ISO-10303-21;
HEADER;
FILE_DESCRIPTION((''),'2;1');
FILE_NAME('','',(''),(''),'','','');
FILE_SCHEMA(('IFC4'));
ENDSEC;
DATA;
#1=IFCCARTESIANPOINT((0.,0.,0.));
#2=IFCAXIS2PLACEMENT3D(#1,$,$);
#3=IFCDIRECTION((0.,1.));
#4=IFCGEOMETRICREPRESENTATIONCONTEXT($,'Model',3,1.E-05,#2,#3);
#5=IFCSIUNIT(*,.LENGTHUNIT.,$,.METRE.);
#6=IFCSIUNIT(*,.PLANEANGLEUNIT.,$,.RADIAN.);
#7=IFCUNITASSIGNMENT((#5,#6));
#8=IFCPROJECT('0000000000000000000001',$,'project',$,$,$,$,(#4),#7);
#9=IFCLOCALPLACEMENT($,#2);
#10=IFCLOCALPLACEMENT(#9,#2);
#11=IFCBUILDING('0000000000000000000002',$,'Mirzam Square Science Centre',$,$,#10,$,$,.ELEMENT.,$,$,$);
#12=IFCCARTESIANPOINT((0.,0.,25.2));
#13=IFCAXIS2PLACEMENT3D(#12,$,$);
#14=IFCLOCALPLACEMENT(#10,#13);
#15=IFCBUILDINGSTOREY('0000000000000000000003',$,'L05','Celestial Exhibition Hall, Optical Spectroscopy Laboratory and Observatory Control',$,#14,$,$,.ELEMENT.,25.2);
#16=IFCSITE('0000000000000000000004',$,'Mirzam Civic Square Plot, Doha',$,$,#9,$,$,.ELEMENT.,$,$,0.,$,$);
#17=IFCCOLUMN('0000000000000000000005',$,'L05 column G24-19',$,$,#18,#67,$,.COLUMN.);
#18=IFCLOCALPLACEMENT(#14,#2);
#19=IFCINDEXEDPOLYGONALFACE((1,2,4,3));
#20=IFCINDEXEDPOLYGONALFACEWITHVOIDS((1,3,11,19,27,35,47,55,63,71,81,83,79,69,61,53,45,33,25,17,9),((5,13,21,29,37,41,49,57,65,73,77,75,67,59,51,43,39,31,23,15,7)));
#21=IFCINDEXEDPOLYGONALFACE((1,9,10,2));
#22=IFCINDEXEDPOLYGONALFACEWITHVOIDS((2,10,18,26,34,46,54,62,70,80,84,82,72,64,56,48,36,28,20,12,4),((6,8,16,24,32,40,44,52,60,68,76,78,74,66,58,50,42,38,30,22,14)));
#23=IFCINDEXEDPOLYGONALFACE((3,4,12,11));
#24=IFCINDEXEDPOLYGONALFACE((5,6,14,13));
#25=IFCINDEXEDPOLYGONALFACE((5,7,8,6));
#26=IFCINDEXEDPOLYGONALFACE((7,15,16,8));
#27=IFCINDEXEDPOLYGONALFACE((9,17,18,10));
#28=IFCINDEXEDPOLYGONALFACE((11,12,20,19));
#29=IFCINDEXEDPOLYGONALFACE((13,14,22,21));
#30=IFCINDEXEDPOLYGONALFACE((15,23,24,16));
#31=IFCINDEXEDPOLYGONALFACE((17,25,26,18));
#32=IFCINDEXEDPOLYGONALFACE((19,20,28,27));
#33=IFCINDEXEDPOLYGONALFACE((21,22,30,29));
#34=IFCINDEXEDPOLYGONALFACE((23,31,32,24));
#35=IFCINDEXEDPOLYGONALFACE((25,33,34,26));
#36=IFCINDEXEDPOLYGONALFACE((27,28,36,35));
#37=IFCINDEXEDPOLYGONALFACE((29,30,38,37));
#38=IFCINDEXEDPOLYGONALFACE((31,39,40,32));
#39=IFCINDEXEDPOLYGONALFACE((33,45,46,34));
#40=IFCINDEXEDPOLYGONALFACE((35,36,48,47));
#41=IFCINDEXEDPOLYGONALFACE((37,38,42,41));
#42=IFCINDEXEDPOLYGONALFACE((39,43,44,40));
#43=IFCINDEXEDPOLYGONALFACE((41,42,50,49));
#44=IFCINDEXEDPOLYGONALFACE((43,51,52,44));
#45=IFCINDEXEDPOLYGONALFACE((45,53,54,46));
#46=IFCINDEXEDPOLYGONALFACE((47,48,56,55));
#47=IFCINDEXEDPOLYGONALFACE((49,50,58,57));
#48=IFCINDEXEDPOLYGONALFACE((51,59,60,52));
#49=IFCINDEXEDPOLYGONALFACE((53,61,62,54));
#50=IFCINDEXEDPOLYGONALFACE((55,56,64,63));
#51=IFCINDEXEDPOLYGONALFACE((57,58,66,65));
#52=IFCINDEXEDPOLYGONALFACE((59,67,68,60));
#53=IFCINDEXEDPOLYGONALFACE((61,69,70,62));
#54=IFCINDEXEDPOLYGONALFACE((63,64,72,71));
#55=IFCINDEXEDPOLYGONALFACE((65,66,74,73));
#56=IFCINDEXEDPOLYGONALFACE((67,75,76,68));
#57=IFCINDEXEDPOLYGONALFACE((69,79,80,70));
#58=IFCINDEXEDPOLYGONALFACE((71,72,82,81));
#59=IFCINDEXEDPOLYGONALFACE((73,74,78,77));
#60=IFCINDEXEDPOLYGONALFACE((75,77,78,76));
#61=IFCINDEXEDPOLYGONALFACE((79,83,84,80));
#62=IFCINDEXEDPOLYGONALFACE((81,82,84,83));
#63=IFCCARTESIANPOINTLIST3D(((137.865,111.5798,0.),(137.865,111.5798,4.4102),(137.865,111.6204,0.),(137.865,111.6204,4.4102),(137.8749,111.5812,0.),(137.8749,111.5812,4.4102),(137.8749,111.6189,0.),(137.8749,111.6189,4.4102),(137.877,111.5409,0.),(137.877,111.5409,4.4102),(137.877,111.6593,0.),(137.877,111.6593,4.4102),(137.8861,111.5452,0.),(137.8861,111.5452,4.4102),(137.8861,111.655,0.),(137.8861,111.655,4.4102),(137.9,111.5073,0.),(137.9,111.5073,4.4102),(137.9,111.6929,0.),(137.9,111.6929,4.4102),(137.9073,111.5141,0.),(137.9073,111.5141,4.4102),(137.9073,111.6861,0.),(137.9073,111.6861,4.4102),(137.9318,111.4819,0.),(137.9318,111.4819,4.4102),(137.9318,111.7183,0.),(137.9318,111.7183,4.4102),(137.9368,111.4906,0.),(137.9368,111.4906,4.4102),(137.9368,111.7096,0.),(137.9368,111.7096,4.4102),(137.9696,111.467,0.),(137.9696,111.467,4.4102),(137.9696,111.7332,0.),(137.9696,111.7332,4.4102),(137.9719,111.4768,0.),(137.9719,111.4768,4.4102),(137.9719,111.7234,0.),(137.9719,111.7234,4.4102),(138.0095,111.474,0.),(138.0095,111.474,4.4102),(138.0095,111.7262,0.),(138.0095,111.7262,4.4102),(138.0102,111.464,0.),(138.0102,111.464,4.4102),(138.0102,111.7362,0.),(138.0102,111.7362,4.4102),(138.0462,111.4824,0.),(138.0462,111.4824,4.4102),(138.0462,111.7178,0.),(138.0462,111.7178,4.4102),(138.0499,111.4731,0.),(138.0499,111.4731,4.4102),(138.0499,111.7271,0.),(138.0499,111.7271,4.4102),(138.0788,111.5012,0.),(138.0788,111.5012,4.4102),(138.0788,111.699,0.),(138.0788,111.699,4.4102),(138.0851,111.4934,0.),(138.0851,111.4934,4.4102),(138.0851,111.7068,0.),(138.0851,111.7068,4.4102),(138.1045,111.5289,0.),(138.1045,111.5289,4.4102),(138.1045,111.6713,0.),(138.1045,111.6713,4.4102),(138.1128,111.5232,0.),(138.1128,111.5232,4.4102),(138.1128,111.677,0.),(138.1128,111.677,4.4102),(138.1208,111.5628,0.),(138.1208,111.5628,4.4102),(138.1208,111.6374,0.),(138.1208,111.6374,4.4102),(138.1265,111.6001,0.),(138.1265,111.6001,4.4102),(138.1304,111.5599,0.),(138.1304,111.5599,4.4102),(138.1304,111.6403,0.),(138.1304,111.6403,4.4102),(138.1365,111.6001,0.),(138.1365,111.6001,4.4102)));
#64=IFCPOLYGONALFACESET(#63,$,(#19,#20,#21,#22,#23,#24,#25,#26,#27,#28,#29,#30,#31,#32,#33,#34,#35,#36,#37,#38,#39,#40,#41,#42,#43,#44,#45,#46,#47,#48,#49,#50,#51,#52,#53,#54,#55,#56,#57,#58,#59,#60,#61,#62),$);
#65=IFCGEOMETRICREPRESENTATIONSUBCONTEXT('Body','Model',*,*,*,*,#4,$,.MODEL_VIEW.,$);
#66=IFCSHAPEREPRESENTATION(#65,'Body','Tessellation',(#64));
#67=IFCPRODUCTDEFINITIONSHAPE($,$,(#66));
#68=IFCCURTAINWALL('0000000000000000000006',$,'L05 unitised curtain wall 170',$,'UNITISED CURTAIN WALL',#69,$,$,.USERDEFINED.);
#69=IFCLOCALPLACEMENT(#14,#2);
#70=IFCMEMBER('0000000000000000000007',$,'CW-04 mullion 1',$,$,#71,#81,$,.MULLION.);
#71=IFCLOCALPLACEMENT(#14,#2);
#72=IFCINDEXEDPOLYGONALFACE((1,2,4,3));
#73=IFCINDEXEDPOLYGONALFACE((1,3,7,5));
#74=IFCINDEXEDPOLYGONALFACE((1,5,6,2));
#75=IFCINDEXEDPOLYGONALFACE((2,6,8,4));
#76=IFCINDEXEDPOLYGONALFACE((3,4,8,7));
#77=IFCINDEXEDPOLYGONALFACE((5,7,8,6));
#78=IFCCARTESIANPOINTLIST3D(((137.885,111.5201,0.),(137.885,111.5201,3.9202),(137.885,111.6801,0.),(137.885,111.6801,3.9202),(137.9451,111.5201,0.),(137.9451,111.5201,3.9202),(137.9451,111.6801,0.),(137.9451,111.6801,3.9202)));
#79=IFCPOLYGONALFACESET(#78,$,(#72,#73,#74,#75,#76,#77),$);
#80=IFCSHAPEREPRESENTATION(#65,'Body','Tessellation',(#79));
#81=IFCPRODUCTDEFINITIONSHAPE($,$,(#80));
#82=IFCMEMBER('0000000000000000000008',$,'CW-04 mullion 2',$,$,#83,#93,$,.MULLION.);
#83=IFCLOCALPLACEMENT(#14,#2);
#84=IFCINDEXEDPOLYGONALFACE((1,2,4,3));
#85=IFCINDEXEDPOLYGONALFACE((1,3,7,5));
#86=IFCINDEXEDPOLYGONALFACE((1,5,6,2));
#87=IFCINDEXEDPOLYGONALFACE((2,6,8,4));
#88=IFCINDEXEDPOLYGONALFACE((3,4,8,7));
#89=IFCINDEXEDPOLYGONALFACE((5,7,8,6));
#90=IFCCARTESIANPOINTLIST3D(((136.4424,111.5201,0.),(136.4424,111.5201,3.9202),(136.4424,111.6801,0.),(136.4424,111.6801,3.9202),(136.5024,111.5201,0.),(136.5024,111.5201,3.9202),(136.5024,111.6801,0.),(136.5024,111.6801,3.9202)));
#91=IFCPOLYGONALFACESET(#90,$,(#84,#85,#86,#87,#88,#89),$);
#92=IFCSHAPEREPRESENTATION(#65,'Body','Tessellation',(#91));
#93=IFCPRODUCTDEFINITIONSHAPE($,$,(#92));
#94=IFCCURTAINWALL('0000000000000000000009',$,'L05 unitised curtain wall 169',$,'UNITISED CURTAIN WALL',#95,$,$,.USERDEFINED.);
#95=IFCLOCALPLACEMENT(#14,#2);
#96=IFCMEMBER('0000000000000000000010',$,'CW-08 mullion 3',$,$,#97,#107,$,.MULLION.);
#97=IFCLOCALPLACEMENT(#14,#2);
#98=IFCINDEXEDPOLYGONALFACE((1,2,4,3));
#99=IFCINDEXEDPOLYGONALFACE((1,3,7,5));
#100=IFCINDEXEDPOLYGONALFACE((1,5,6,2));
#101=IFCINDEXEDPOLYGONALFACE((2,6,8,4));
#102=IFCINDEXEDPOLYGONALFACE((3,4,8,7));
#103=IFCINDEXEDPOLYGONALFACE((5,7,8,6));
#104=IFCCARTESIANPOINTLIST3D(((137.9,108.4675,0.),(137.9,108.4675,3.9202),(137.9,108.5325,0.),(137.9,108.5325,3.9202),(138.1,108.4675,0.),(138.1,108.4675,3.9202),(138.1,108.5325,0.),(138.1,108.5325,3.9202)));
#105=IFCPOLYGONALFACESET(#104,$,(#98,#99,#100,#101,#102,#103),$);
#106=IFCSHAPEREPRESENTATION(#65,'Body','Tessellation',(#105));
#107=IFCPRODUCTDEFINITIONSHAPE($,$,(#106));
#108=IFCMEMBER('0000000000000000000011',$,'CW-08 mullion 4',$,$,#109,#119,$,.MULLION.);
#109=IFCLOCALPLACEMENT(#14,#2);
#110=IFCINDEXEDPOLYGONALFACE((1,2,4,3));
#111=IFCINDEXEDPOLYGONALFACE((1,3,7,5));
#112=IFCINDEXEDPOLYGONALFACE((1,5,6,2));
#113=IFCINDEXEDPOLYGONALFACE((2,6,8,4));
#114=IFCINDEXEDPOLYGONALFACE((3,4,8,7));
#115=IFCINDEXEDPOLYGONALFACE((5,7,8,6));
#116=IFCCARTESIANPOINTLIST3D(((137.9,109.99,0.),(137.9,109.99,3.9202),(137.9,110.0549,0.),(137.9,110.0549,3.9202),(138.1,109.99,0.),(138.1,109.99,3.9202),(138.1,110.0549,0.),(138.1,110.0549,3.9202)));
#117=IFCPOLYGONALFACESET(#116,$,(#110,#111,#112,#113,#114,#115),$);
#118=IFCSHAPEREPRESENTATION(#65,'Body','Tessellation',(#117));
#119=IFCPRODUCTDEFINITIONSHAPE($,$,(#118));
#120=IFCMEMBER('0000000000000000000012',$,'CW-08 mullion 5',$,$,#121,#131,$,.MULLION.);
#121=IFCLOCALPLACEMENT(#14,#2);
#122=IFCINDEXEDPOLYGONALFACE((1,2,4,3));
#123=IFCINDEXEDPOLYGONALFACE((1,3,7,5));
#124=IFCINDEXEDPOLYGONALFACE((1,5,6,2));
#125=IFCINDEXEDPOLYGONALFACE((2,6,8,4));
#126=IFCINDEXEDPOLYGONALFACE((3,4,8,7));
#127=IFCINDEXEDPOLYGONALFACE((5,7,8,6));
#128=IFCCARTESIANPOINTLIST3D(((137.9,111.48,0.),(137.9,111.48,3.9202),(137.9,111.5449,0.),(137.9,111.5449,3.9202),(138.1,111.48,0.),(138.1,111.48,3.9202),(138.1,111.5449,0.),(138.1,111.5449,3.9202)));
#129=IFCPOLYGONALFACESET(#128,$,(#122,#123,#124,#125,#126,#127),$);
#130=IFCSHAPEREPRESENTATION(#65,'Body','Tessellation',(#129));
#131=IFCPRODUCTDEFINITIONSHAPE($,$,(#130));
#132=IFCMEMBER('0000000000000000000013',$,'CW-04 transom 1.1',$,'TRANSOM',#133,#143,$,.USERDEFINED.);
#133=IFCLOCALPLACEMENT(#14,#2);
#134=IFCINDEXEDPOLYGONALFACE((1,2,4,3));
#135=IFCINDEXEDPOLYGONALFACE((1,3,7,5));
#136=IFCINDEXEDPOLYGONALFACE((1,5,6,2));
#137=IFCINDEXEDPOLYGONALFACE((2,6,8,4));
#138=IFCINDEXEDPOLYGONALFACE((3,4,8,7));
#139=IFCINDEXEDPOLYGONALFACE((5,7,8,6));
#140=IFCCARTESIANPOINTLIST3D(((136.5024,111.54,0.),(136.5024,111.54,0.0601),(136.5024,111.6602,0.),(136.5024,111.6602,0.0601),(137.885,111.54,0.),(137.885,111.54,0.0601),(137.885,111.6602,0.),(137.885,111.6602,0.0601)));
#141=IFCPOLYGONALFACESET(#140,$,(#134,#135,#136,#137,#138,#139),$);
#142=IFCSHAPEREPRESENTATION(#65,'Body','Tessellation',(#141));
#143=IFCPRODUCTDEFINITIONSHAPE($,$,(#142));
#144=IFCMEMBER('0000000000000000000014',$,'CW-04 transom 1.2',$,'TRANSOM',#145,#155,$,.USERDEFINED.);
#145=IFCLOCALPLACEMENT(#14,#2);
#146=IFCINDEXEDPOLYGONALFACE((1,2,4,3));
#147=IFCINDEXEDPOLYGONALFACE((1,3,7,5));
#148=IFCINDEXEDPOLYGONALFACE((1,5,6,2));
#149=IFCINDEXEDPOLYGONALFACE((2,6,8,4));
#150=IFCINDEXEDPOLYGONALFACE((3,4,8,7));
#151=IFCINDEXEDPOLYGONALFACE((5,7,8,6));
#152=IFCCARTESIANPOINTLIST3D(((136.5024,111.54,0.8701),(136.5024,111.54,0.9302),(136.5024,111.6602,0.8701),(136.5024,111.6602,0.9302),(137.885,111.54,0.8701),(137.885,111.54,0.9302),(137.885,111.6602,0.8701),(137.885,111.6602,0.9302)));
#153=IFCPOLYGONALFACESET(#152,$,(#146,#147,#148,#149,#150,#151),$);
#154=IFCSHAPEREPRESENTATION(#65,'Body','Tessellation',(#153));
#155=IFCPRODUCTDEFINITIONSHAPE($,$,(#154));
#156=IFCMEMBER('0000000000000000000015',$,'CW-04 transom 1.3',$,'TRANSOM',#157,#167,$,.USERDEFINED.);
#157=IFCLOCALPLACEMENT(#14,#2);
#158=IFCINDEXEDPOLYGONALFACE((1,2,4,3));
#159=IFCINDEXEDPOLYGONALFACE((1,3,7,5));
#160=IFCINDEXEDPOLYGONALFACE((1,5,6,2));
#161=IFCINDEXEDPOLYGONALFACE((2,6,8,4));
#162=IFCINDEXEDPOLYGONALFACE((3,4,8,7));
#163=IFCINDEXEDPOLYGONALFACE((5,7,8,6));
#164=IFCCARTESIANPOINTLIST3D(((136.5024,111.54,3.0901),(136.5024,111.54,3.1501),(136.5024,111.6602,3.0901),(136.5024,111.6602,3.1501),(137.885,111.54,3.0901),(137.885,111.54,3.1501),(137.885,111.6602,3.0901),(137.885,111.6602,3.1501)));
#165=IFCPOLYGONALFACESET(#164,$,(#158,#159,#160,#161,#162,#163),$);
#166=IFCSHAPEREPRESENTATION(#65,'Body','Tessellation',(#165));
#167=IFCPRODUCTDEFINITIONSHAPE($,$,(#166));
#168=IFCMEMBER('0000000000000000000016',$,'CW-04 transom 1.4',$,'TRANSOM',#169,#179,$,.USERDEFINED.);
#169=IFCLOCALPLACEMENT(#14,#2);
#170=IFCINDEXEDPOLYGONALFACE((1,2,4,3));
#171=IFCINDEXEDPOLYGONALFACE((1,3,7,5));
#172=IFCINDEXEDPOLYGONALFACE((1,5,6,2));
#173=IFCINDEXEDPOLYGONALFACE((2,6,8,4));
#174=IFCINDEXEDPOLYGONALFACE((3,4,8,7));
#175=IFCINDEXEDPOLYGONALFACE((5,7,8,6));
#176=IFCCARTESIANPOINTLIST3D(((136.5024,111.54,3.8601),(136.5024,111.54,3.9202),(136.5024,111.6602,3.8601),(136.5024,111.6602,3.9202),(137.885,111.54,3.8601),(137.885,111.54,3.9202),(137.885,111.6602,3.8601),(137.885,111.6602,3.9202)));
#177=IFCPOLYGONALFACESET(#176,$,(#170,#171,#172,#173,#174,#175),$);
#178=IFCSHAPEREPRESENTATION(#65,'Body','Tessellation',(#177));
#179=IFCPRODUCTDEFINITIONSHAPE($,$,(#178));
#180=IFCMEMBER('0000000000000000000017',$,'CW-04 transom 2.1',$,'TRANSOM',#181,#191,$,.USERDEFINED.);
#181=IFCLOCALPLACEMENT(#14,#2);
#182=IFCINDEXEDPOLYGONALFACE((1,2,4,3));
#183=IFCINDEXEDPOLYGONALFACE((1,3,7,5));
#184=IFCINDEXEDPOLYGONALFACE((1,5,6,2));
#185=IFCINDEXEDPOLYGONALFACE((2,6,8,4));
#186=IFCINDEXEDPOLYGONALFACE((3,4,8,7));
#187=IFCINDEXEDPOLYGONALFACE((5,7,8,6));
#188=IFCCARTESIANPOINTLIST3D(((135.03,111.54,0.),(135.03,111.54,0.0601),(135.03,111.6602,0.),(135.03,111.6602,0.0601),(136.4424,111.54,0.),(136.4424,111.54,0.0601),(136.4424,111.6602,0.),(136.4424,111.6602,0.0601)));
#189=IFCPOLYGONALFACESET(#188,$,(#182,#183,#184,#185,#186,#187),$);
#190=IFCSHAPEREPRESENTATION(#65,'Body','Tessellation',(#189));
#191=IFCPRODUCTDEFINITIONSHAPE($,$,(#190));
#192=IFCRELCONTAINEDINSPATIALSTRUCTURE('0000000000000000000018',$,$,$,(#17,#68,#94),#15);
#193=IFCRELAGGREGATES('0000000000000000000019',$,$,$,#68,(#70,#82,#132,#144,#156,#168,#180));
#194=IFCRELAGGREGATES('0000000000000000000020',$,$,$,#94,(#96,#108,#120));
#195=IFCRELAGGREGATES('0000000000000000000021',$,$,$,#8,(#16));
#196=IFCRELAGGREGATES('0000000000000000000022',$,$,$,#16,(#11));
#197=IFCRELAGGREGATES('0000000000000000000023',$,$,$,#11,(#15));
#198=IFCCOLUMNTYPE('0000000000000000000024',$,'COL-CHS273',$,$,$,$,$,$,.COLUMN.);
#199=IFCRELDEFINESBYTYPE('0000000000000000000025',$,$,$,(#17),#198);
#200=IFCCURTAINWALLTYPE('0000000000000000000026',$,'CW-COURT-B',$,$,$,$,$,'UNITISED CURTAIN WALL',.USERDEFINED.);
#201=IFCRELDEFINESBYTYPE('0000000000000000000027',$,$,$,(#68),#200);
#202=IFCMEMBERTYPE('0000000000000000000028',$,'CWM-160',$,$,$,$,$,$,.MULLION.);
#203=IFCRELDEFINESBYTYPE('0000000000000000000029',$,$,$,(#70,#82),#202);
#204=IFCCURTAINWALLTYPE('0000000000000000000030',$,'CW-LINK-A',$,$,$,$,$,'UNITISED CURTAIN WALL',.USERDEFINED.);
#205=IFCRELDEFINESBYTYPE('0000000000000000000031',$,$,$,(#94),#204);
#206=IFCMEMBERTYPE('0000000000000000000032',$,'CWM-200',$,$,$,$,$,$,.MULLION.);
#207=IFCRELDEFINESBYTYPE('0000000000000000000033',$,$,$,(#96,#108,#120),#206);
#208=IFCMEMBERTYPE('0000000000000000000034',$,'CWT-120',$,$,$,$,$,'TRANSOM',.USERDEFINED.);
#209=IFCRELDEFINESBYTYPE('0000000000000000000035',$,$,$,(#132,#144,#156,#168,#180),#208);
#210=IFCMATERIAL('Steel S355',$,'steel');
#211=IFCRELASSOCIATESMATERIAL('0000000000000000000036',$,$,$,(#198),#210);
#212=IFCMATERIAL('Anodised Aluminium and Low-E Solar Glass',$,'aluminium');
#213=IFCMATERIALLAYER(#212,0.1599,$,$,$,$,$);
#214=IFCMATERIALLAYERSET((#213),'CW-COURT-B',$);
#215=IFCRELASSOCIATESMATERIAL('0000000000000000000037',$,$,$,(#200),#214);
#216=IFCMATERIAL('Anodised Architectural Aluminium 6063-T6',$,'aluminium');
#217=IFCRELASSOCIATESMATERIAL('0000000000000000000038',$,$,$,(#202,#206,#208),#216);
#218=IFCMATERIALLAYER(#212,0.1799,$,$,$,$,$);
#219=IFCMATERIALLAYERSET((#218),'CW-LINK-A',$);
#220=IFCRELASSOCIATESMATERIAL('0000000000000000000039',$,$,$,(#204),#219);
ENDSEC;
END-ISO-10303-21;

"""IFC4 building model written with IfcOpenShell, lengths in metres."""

from ifc_helpers import new_model, si_unit, direction, frame, origin, origin_2d, place, context, subcontext, project, spatial, rectangle, hollow_circle, extrude, material, layer, layer_set, material_profile, profile_set, type_object, element, aggregate, save


model = new_model("IFC4")

# Units and contexts
model_context = context("Model", 3, precision=1e-05, world=origin(), true_north=direction((0.0, 1.0)))
body_context = subcontext(model_context, "Body", "Model", "MODEL_VIEW")
ifc_project = project(units=[si_unit("LENGTHUNIT", "METRE"), si_unit("PLANEANGLEUNIT", "RADIAN")], contexts=[model_context])

# Site, building, storey
site_placement = place(None, origin())
site = spatial("IfcSite", under=ifc_project, at=site_placement, Name="Mirzam Civic Square Plot, Doha", CompositionType="ELEMENT", RefElevation=0.0)
building_placement = place(site_placement, origin())
building = spatial("IfcBuilding", under=site, at=building_placement, Name="Mirzam Square Science Centre", CompositionType="ELEMENT")
storey_placement = place(building_placement, frame((0.0, 0.0, 25.2)))
storey = spatial("IfcBuildingStorey", under=building, at=storey_placement, Name="L05", Description="Celestial Exhibition Hall, Optical Spectroscopy Laboratory and Observatory Control", CompositionType="ELEMENT", Elevation=25.2)

# Column
ifc_material_1 = material(Name="Steel S355", Category="steel")
ifc_material_profile_1 = material_profile(ifc_material_1, hollow_circle(Radius=0.1365, WallThickness=0.01, at=origin_2d()), Name="273.0x10.0CHS")
ifc_profile_set_1 = profile_set([ifc_material_profile_1], Name="Steel S355")
column_type = type_object("IfcColumnType", Name="COL-CHS273", PredefinedType="COLUMN", material=ifc_profile_set_1)
column_placement = place(storey_placement, frame((138.0, 111.6001, 0.0), z_axis=(0.0, 0.0, 1.0), x_axis=(1.0, 0.0, 0.0)))
element("IfcColumn", 1, at=column_placement, inside=storey, type_object=column_type, Name="L05 column G24-19", PredefinedType="COLUMN", context=body_context, shape_type="SweptSolid", body=[
    extrude(hollow_circle(Radius=0.1365, WallThickness=0.01, at=origin_2d()), origin(), (0.0, 0.0, 1.0), 4.4102),
])

# Curtain walls, members
ifc_material_2 = material(Name="Anodised Aluminium and Low-E Solar Glass", Category="aluminium")
ifc_layer_1 = layer(ifc_material_2, 0.1599)
ifc_layer_set_1 = layer_set([ifc_layer_1], Name="CW-COURT-B")
curtain_wall_type_1 = type_object("IfcCurtainWallType", Name="CW-COURT-B", ElementType="UNITISED CURTAIN WALL", PredefinedType="USERDEFINED", material=ifc_layer_set_1)
curtain_wall_1_placement = place(storey_placement, origin())
curtain_wall_1 = element("IfcCurtainWall", 2, at=curtain_wall_1_placement, inside=storey, type_object=curtain_wall_type_1, Name="L05 unitised curtain wall 170", ObjectType="UNITISED CURTAIN WALL", PredefinedType="USERDEFINED")
ifc_material_3 = material(Name="Anodised Architectural Aluminium 6063-T6", Category="aluminium")
ifc_material_profile_2 = material_profile(ifc_material_3, rectangle(XDim=0.0601, YDim=0.1599, at=origin_2d()), Name="ALU-MULL-160x60x4")
ifc_profile_set_2 = profile_set([ifc_material_profile_2], Name="Anodised Architectural Aluminium 6063-T6")
member_type_1 = type_object("IfcMemberType", Name="CWM-160", PredefinedType="MULLION", material=ifc_profile_set_2)
member_1_placement = place(storey_placement, frame((137.915, 111.6001, 0.0), z_axis=(0.0, 0.0, 1.0), x_axis=(-1.0, 0.0, 0.0)))
member_1 = element("IfcMember", 3, at=member_1_placement, type_object=member_type_1, Name="CW-04 mullion 1", PredefinedType="MULLION", context=body_context, shape_type="SweptSolid", body=[
    extrude(rectangle(XDim=0.0601, YDim=0.1599, at=origin_2d()), origin(), (0.0, 0.0, 1.0), 3.9202),
])
member_2_placement = place(storey_placement, frame((136.4724, 111.6001, 0.0), z_axis=(0.0, 0.0, 1.0), x_axis=(-1.0, 0.0, 0.0)))
member_2 = element("IfcMember", 4, at=member_2_placement, type_object=member_type_1, Name="CW-04 mullion 2", PredefinedType="MULLION", context=body_context, shape_type="SweptSolid", body=[
    extrude(rectangle(XDim=0.0601, YDim=0.1599, at=origin_2d()), origin(), (0.0, 0.0, 1.0), 3.9202),
])
ifc_layer_2 = layer(ifc_material_2, 0.1799)
ifc_layer_set_2 = layer_set([ifc_layer_2], Name="CW-LINK-A")
curtain_wall_type_2 = type_object("IfcCurtainWallType", Name="CW-LINK-A", ElementType="UNITISED CURTAIN WALL", PredefinedType="USERDEFINED", material=ifc_layer_set_2)
curtain_wall_2_placement = place(storey_placement, origin())
curtain_wall_2 = element("IfcCurtainWall", 5, at=curtain_wall_2_placement, inside=storey, type_object=curtain_wall_type_2, Name="L05 unitised curtain wall 169", ObjectType="UNITISED CURTAIN WALL", PredefinedType="USERDEFINED")
ifc_material_profile_3 = material_profile(ifc_material_3, rectangle(XDim=0.0649, YDim=0.2, at=origin_2d()), Name="ALU-MULL-200x65x5")
ifc_profile_set_3 = profile_set([ifc_material_profile_3], Name="Anodised Architectural Aluminium 6063-T6")
member_type_2 = type_object("IfcMemberType", Name="CWM-200", PredefinedType="MULLION", material=ifc_profile_set_3)
member_3_placement = place(storey_placement, frame((138.0, 108.5, 0.0), z_axis=(0.0, 0.0, 1.0), x_axis=(0.0, 1.0, 0.0)))
member_3 = element("IfcMember", 6, at=member_3_placement, type_object=member_type_2, Name="CW-08 mullion 3", PredefinedType="MULLION", context=body_context, shape_type="SweptSolid", body=[
    extrude(rectangle(XDim=0.0649, YDim=0.2, at=origin_2d()), origin(), (0.0, 0.0, 1.0), 3.9202),
])
member_4_placement = place(storey_placement, frame((138.0, 110.0225, 0.0), z_axis=(0.0, 0.0, 1.0), x_axis=(0.0, 1.0, 0.0)))
member_4 = element("IfcMember", 7, at=member_4_placement, type_object=member_type_2, Name="CW-08 mullion 4", PredefinedType="MULLION", context=body_context, shape_type="SweptSolid", body=[
    extrude(rectangle(XDim=0.0649, YDim=0.2, at=origin_2d()), origin(), (0.0, 0.0, 1.0), 3.9202),
])
member_5_placement = place(storey_placement, frame((138.0, 111.5125, 0.0), z_axis=(0.0, 0.0, 1.0), x_axis=(0.0, 1.0, 0.0)))
member_5 = element("IfcMember", 8, at=member_5_placement, type_object=member_type_2, Name="CW-08 mullion 5", PredefinedType="MULLION", context=body_context, shape_type="SweptSolid", body=[
    extrude(rectangle(XDim=0.0649, YDim=0.2, at=origin_2d()), origin(), (0.0, 0.0, 1.0), 3.9202),
])

# Members
ifc_material_profile_4 = material_profile(ifc_material_3, rectangle(XDim=0.1201, YDim=0.0601, at=origin_2d()), Name="ALU-TRAN-120x60x4")
ifc_profile_set_4 = profile_set([ifc_material_profile_4], Name="Anodised Architectural Aluminium 6063-T6")
member_type_3 = type_object("IfcMemberType", Name="CWT-120", ElementType="TRANSOM", PredefinedType="USERDEFINED", material=ifc_profile_set_4)
member_6_placement = place(storey_placement, frame((137.885, 111.6001, 0.03), z_axis=(-1.0, 0.0, 0.0), x_axis=(0.0, -1.0, 0.0)))
member_6 = element("IfcMember", 9, at=member_6_placement, type_object=member_type_3, Name="CW-04 transom 1.1", ObjectType="TRANSOM", PredefinedType="USERDEFINED", context=body_context, shape_type="SweptSolid", body=[
    extrude(rectangle(XDim=0.1201, YDim=0.0601, at=origin_2d()), origin(), (0.0, 0.0, 1.0), 1.3826),
])
member_7_placement = place(storey_placement, frame((137.885, 111.6001, 0.9001), z_axis=(-1.0, 0.0, 0.0), x_axis=(0.0, -1.0, 0.0)))
member_7 = element("IfcMember", 10, at=member_7_placement, type_object=member_type_3, Name="CW-04 transom 1.2", ObjectType="TRANSOM", PredefinedType="USERDEFINED", context=body_context, shape_type="SweptSolid", body=[
    extrude(rectangle(XDim=0.1201, YDim=0.0601, at=origin_2d()), origin(), (0.0, 0.0, 1.0), 1.3826),
])
member_8_placement = place(storey_placement, frame((137.885, 111.6001, 3.1201), z_axis=(-1.0, 0.0, 0.0), x_axis=(0.0, -1.0, 0.0)))
member_8 = element("IfcMember", 11, at=member_8_placement, type_object=member_type_3, Name="CW-04 transom 1.3", ObjectType="TRANSOM", PredefinedType="USERDEFINED", context=body_context, shape_type="SweptSolid", body=[
    extrude(rectangle(XDim=0.1201, YDim=0.0601, at=origin_2d()), origin(), (0.0, 0.0, 1.0), 1.3826),
])
member_9_placement = place(storey_placement, frame((137.885, 111.6001, 3.8901), z_axis=(-1.0, 0.0, 0.0), x_axis=(0.0, -1.0, 0.0)))
member_9 = element("IfcMember", 12, at=member_9_placement, type_object=member_type_3, Name="CW-04 transom 1.4", ObjectType="TRANSOM", PredefinedType="USERDEFINED", context=body_context, shape_type="SweptSolid", body=[
    extrude(rectangle(XDim=0.1201, YDim=0.0601, at=origin_2d()), origin(), (0.0, 0.0, 1.0), 1.3826),
])
member_10_placement = place(storey_placement, frame((136.4424, 111.6001, 0.03), z_axis=(-1.0, 0.0, 0.0), x_axis=(0.0, -1.0, 0.0)))
member_10 = element("IfcMember", 13, at=member_10_placement, type_object=member_type_3, Name="CW-04 transom 2.1", ObjectType="TRANSOM", PredefinedType="USERDEFINED", context=body_context, shape_type="SweptSolid", body=[
    extrude(rectangle(XDim=0.1201, YDim=0.0601, at=origin_2d()), origin(), (0.0, 0.0, 1.0), 1.4124),
])

aggregate(curtain_wall_1, [member_1, member_2, member_6, member_7, member_8, member_9, member_10])
aggregate(curtain_wall_2, [member_3, member_4, member_5])

save(model, "model.ifc")
